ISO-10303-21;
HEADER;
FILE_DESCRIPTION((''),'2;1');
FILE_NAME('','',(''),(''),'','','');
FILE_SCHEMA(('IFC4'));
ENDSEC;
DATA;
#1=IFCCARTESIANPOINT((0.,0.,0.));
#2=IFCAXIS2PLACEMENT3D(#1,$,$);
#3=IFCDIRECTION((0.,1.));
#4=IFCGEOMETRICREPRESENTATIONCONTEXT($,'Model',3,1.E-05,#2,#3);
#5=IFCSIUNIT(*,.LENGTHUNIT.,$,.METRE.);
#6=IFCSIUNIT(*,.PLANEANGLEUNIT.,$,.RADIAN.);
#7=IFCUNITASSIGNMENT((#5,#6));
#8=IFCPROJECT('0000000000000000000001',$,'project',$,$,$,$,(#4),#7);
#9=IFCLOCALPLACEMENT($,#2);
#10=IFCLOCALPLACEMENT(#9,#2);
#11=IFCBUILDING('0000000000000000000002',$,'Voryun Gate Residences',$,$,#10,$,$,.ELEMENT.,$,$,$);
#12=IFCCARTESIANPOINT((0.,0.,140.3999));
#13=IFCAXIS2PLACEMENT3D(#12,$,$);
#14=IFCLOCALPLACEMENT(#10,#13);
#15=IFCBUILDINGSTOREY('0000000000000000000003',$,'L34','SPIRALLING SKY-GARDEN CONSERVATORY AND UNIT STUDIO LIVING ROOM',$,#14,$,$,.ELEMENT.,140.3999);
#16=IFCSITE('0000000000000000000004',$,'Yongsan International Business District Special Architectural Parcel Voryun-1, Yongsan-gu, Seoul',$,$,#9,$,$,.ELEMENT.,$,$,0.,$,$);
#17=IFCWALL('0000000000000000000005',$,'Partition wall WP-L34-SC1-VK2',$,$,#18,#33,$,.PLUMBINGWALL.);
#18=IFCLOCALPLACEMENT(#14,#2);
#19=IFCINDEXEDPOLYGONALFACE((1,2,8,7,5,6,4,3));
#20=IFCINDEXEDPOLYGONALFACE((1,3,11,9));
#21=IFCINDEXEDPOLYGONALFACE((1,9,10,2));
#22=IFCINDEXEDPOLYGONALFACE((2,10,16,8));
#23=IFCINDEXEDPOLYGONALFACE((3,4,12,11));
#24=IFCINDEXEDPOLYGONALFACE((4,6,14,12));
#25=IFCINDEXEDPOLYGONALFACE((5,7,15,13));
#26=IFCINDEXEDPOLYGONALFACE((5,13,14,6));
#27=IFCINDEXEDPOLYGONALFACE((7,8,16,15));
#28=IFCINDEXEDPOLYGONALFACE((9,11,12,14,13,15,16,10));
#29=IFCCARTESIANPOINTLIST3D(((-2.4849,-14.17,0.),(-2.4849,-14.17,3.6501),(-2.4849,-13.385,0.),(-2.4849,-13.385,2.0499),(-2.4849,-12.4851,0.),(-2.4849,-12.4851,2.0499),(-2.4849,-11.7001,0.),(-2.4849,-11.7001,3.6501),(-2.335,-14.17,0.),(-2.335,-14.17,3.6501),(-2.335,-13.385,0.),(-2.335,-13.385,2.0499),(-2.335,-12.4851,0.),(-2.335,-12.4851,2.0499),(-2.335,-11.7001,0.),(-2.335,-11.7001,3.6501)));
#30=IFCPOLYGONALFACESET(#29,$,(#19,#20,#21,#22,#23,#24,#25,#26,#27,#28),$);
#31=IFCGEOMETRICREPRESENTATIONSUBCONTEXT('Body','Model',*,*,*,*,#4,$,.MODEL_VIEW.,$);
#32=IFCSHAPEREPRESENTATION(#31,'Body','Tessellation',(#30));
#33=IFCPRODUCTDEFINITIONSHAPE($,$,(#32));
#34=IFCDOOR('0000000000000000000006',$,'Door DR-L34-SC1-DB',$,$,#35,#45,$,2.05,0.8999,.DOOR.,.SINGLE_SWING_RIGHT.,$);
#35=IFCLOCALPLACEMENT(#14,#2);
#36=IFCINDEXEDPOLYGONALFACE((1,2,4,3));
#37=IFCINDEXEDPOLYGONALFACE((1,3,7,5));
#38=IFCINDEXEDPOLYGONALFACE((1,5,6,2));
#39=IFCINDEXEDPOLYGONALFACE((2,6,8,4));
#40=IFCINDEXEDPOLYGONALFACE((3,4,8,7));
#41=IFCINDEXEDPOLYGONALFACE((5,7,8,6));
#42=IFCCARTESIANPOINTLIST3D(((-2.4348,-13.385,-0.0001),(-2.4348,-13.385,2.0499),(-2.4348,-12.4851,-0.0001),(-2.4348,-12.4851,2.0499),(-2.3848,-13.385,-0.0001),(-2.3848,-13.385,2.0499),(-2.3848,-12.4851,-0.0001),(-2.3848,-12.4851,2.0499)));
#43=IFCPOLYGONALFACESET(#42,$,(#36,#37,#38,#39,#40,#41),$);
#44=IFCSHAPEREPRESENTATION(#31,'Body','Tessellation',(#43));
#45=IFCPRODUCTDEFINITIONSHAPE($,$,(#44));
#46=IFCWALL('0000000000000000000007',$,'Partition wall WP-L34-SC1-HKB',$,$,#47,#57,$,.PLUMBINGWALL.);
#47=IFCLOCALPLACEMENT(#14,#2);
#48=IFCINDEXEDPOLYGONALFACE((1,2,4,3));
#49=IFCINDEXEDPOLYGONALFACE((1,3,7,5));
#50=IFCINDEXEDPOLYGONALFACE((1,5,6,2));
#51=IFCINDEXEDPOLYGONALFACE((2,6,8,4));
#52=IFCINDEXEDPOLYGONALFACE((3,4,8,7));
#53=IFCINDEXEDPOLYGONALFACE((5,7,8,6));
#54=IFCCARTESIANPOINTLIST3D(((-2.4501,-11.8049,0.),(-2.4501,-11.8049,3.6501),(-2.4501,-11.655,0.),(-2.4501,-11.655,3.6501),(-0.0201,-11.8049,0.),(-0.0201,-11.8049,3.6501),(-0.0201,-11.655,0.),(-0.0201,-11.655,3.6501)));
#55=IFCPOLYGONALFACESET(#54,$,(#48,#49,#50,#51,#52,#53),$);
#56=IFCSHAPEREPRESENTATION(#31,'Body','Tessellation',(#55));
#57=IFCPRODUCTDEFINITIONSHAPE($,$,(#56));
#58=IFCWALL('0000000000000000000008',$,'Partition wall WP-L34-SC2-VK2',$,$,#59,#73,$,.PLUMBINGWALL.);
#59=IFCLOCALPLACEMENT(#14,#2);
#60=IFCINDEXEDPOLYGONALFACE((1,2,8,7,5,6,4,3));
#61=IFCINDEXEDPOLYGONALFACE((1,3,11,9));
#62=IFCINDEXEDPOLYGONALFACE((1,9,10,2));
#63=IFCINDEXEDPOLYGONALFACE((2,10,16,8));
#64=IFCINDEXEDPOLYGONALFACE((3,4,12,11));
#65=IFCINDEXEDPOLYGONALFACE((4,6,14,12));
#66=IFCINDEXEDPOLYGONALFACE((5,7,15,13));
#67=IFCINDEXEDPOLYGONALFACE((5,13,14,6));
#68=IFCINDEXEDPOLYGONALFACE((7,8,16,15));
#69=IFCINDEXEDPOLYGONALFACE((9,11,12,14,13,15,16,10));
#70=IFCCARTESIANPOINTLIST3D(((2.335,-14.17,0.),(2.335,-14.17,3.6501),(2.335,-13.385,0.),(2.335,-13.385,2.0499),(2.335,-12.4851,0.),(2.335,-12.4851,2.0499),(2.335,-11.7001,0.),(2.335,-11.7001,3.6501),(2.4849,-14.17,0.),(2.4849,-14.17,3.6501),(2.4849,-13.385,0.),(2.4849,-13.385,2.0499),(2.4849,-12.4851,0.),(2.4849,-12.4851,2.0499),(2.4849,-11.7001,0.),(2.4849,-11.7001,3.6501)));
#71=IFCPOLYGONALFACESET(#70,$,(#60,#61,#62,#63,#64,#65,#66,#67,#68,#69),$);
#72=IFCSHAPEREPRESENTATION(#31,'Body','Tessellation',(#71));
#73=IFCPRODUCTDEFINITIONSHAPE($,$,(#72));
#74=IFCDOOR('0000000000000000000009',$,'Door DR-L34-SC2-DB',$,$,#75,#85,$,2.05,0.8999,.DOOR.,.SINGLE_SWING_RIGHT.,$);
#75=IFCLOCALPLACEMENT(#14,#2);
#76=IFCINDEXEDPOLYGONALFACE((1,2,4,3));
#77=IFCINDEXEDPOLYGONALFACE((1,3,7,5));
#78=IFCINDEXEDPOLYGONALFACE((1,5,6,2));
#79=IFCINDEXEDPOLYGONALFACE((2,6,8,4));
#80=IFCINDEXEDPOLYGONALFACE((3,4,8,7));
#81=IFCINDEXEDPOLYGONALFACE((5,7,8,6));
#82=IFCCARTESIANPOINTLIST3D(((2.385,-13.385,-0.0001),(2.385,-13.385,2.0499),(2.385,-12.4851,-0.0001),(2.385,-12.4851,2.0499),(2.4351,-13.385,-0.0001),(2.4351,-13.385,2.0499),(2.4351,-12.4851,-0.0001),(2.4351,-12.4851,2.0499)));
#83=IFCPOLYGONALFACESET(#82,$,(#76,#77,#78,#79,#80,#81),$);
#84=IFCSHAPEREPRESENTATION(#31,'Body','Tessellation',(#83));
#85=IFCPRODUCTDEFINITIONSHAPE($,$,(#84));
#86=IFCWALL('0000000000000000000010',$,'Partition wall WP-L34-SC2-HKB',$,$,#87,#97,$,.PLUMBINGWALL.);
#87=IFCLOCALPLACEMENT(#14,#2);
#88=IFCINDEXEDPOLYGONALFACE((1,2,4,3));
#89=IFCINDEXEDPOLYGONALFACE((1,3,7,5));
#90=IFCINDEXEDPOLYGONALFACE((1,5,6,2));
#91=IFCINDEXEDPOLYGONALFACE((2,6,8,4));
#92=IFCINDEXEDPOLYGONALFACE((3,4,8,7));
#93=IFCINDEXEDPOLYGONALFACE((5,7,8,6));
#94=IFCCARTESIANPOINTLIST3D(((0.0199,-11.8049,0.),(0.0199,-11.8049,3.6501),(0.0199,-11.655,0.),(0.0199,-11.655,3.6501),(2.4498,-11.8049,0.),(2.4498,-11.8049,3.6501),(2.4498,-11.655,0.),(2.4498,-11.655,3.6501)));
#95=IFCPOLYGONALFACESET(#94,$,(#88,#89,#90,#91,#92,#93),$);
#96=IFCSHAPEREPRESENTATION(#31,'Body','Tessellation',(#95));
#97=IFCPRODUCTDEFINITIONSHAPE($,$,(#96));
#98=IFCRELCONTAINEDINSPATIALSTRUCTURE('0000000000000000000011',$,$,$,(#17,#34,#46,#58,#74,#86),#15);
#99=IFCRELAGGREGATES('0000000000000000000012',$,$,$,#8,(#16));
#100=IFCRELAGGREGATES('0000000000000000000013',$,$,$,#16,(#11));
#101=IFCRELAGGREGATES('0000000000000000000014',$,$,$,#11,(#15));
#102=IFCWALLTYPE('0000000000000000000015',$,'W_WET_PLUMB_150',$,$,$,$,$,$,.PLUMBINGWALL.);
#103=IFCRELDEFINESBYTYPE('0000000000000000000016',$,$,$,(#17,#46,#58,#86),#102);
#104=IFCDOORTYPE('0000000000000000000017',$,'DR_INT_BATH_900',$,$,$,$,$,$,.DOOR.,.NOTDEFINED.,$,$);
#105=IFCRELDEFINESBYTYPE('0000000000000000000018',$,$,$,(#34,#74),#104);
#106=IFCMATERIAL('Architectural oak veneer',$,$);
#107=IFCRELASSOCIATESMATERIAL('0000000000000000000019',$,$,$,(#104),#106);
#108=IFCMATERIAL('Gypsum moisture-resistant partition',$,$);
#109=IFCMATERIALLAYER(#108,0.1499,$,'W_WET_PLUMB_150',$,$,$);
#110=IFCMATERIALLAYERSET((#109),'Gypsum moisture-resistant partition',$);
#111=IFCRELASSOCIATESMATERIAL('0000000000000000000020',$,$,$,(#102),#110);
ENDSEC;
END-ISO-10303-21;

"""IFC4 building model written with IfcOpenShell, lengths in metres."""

from ifc_helpers import new_model, si_unit, direction, frame, frame_2d, origin, place, context, subcontext, project, spatial, rectangle, extrude, material, layer, layer_set, type_object, element, fill, save


model = new_model("IFC4")

# Units and contexts
model_context = context("Model", 3, precision=1e-05, world=origin(), true_north=direction((0.0, 1.0)))
body_context = subcontext(model_context, "Body", "Model", "MODEL_VIEW")
ifc_project = project(units=[si_unit("LENGTHUNIT", "METRE"), si_unit("PLANEANGLEUNIT", "RADIAN")], contexts=[model_context])

# Site, building, storey
site_placement = place(None, origin())
site = spatial("IfcSite", under=ifc_project, at=site_placement, Name="Yongsan International Business District Special Architectural Parcel Voryun-1, Yongsan-gu, Seoul", CompositionType="ELEMENT", RefElevation=0.0)
building_placement = place(site_placement, origin())
building = spatial("IfcBuilding", under=site, at=building_placement, Name="Voryun Gate Residences", CompositionType="ELEMENT")
storey_placement = place(building_placement, frame((0.0, 0.0, 140.3999)))
storey = spatial("IfcBuildingStorey", under=building, at=storey_placement, Name="L34", Description="SPIRALLING SKY-GARDEN CONSERVATORY AND UNIT STUDIO LIVING ROOM", CompositionType="ELEMENT", Elevation=140.3999)

# Shared definitions
ifc_material_1 = material(Name="Architectural oak veneer")
door_type = type_object("IfcDoorType", Name="DR_INT_BATH_900", OperationType="NOTDEFINED", PredefinedType="DOOR", material=ifc_material_1)

# Wall, opening, door
ifc_material_2 = material(Name="Gypsum moisture-resistant partition")
ifc_layer_1 = layer(ifc_material_2, 0.1499, Name="W_WET_PLUMB_150")
ifc_layer_set_1 = layer_set([ifc_layer_1], Name="Gypsum moisture-resistant partition")
wall_type_1 = type_object("IfcWallType", Name="W_WET_PLUMB_150", PredefinedType="PLUMBINGWALL", material=ifc_layer_set_1)
wall_1_placement = place(storey_placement, frame((-2.4099, -14.1699, 0.0), z_axis=(0.0, 0.0, 1.0), x_axis=(0.0, 1.0, 0.0)))
wall_1 = element("IfcWall", 1, at=wall_1_placement, inside=storey, type_object=wall_type_1, Name="Partition wall WP-L34-SC1-VK2", PredefinedType="PLUMBINGWALL", context=body_context, shape_type="SweptSolid", body=[
    extrude(rectangle(XDim=2.47, YDim=0.1499, at=frame_2d((1.2349, 0.0))), origin(), (0.0, 0.0, 1.0), 3.6501),
])
opening_1_placement = place(wall_1_placement, frame((0.7849, 0.0, 0.0)))
opening_1 = element("IfcOpeningElement", 2, at=opening_1_placement, cuts=wall_1, PredefinedType="OPENING", context=body_context, shape_type="SweptSolid", body=[
    extrude(rectangle(XDim=0.8999, YDim=2.05, at=frame_2d((0.45, 1.0249))), frame((0.0, 0.085, 0.0), z_axis=(0.0, -1.0, 0.0), x_axis=(1.0, 0.0, 0.0)), (0.0, 0.0, 1.0), 0.1699),
])
door_1_placement = place(opening_1_placement, origin())
door_1 = element("IfcDoor", 3, at=door_1_placement, inside=storey, type_object=door_type, Name="Door DR-L34-SC1-DB", OperationType="SINGLE_SWING_RIGHT", OverallHeight=2.05, OverallWidth=0.8999, PredefinedType="DOOR", context=body_context, shape_type="SweptSolid", body=[
    extrude(rectangle(XDim=0.8999, YDim=2.05, at=frame_2d((0.45, 1.0249))), frame((0.0, 0.0249, 0.0), z_axis=(0.0, -1.0, 0.0), x_axis=(1.0, 0.0, 0.0)), (0.0, 0.0, 1.0), 0.05),
])
fill(opening_1, door_1)

# Wall
wall_2_placement = place(storey_placement, frame((-2.45, -11.73, 0.0), z_axis=(0.0, 0.0, 1.0), x_axis=(1.0, 0.0, 0.0)))
element("IfcWall", 4, at=wall_2_placement, inside=storey, type_object=wall_type_1, Name="Partition wall WP-L34-SC1-HKB", PredefinedType="PLUMBINGWALL", context=body_context, shape_type="SweptSolid", body=[
    extrude(rectangle(XDim=2.4299, YDim=0.1499, at=frame_2d((1.2148, 0.0))), origin(), (0.0, 0.0, 1.0), 3.6501),
])

# Wall, opening, door
wall_3_placement = place(storey_placement, frame((2.4099, -14.1699, 0.0), z_axis=(0.0, 0.0, 1.0), x_axis=(0.0, 1.0, 0.0)))
wall_3 = element("IfcWall", 5, at=wall_3_placement, inside=storey, type_object=wall_type_1, Name="Partition wall WP-L34-SC2-VK2", PredefinedType="PLUMBINGWALL", context=body_context, shape_type="SweptSolid", body=[
    extrude(rectangle(XDim=2.47, YDim=0.1499, at=frame_2d((1.2349, 0.0))), origin(), (0.0, 0.0, 1.0), 3.6501),
])
opening_2_placement = place(wall_3_placement, frame((0.7849, 0.0, 0.0)))
opening_2 = element("IfcOpeningElement", 6, at=opening_2_placement, cuts=wall_3, PredefinedType="OPENING", context=body_context, shape_type="SweptSolid", body=[
    extrude(rectangle(XDim=0.8999, YDim=2.05, at=frame_2d((0.45, 1.0249))), frame((0.0, 0.085, 0.0), z_axis=(0.0, -1.0, 0.0), x_axis=(1.0, 0.0, 0.0)), (0.0, 0.0, 1.0), 0.1699),
])
door_2_placement = place(opening_2_placement, origin())
door_2 = element("IfcDoor", 7, at=door_2_placement, inside=storey, type_object=door_type, Name="Door DR-L34-SC2-DB", OperationType="SINGLE_SWING_RIGHT", OverallHeight=2.05, OverallWidth=0.8999, PredefinedType="DOOR", context=body_context, shape_type="SweptSolid", body=[
    extrude(rectangle(XDim=0.8999, YDim=2.05, at=frame_2d((0.45, 1.0249))), frame((0.0, 0.0249, 0.0), z_axis=(0.0, -1.0, 0.0), x_axis=(1.0, 0.0, 0.0)), (0.0, 0.0, 1.0), 0.05),
])
fill(opening_2, door_2)

# Wall
wall_4_placement = place(storey_placement, frame((0.02, -11.73, 0.0), z_axis=(0.0, 0.0, 1.0), x_axis=(1.0, 0.0, 0.0)))
element("IfcWall", 8, at=wall_4_placement, inside=storey, type_object=wall_type_1, Name="Partition wall WP-L34-SC2-HKB", PredefinedType="PLUMBINGWALL", context=body_context, shape_type="SweptSolid", body=[
    extrude(rectangle(XDim=2.4299, YDim=0.1499, at=frame_2d((1.2148, 0.0))), origin(), (0.0, 0.0, 1.0), 3.6501),
])

save(model, "model.ifc")
